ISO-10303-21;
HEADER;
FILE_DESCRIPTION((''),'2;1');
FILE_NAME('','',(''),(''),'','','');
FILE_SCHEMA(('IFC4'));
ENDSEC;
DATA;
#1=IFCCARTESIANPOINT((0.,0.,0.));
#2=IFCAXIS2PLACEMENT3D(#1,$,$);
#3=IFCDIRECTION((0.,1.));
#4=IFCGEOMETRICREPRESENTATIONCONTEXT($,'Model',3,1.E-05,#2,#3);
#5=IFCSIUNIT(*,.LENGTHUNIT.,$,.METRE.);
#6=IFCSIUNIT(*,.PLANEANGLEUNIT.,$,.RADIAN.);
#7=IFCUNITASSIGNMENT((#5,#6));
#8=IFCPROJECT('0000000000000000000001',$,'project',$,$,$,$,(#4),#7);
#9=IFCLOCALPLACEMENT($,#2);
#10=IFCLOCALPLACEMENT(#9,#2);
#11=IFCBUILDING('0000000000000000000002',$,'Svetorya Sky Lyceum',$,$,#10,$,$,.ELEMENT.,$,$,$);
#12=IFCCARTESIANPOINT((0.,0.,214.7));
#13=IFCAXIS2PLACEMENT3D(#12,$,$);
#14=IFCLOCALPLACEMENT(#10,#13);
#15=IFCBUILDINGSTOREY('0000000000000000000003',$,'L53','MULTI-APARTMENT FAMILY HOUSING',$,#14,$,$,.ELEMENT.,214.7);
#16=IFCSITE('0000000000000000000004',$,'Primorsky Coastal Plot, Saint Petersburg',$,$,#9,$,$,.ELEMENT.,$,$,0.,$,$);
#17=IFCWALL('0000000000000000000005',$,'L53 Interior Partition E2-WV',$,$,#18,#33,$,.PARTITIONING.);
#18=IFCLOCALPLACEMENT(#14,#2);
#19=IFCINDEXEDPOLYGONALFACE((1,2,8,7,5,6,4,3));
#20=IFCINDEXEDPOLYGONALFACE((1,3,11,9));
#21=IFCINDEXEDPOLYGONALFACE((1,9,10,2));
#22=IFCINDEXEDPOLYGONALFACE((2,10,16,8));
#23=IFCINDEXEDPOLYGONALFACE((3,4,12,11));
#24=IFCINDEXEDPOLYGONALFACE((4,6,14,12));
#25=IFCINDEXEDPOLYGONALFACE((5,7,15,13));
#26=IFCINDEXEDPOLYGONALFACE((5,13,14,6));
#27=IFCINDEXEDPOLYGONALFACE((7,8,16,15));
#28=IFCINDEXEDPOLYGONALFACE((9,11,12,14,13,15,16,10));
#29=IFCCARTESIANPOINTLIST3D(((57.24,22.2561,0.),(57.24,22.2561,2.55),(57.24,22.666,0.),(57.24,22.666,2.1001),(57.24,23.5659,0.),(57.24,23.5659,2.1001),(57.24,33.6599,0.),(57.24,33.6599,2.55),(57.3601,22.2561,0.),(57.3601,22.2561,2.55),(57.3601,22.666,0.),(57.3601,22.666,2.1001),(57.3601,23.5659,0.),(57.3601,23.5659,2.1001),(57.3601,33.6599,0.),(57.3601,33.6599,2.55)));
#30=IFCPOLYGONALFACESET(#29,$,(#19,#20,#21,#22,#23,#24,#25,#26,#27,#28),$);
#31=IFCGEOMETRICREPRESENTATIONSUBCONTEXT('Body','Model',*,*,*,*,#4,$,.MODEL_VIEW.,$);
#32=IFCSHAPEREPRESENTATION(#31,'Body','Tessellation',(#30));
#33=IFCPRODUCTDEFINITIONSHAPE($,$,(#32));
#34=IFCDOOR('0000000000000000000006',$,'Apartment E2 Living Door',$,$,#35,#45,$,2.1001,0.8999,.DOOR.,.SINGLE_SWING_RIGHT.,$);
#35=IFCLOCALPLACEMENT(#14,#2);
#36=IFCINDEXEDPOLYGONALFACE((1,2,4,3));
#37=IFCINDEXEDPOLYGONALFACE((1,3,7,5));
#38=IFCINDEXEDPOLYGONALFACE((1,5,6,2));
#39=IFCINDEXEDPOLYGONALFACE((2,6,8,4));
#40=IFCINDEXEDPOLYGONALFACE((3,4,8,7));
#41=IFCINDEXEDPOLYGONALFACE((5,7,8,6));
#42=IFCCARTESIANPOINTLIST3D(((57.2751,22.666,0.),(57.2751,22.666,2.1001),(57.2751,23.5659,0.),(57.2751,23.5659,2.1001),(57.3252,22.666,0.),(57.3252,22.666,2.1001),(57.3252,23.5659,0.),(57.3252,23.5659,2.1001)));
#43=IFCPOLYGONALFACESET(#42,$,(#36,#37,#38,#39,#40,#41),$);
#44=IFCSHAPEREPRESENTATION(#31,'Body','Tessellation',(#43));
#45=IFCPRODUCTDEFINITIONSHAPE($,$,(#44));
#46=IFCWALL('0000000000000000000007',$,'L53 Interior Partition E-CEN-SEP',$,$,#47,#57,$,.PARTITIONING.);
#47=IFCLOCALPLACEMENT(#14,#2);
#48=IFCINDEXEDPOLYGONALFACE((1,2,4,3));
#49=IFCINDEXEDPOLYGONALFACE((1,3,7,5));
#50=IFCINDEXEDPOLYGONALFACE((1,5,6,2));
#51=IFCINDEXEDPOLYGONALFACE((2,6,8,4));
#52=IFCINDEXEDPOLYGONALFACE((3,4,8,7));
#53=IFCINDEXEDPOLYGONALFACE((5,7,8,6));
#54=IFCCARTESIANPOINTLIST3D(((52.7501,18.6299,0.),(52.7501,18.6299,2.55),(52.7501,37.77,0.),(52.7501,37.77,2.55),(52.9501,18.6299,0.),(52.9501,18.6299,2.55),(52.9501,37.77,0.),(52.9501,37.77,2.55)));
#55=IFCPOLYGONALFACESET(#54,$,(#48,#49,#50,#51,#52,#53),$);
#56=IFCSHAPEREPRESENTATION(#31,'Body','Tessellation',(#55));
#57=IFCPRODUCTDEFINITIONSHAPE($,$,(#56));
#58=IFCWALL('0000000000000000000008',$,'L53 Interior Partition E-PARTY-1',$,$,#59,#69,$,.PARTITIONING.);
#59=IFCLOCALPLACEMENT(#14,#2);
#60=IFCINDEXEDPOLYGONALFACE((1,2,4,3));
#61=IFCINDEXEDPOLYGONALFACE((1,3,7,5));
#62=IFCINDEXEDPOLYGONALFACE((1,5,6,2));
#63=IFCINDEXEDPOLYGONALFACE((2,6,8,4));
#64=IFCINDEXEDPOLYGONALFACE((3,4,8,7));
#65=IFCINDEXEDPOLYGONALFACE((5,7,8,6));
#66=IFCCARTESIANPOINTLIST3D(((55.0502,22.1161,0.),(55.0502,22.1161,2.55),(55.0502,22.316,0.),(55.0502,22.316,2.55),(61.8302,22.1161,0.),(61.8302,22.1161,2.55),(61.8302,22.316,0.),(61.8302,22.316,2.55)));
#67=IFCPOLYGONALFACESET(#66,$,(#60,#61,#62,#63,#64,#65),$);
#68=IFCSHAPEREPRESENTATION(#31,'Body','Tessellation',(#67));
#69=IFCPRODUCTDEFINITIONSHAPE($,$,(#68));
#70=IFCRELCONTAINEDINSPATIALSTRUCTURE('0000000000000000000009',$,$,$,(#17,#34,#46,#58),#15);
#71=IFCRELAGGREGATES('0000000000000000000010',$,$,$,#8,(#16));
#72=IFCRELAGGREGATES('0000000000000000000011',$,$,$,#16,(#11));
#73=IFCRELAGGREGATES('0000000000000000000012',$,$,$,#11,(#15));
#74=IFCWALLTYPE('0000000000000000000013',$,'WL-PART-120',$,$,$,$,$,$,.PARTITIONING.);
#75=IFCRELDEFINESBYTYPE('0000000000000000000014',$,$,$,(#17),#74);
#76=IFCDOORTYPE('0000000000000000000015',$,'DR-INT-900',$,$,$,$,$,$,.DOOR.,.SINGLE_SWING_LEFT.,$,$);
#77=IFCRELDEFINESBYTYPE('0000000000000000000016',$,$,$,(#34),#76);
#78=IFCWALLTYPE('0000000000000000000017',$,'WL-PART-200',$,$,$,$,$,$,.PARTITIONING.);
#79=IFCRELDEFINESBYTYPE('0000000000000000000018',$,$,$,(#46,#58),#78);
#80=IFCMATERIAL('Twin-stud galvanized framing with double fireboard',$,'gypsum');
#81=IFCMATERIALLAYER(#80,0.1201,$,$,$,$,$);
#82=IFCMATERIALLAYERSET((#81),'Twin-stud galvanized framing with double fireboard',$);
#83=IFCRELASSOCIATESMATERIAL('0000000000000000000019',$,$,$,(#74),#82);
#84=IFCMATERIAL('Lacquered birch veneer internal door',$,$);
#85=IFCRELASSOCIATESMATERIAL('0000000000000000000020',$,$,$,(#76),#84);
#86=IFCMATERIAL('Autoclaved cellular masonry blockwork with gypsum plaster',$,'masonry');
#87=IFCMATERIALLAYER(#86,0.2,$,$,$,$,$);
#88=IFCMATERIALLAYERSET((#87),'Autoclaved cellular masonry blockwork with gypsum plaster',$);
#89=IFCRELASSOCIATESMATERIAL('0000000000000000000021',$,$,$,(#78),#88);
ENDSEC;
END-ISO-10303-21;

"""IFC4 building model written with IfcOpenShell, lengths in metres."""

from ifc_helpers import new_model, si_unit, direction, frame, frame_2d, origin, place, context, subcontext, project, spatial, rectangle, extrude, material, layer, layer_set, type_object, element, fill, save


model = new_model("IFC4")

# Units and contexts
model_context = context("Model", 3, precision=1e-05, world=origin(), true_north=direction((0.0, 1.0)))
body_context = subcontext(model_context, "Body", "Model", "MODEL_VIEW")
ifc_project = project(units=[si_unit("LENGTHUNIT", "METRE"), si_unit("PLANEANGLEUNIT", "RADIAN")], contexts=[model_context])

# Site, building, storey
site_placement = place(None, origin())
site = spatial("IfcSite", under=ifc_project, at=site_placement, Name="Primorsky Coastal Plot, Saint Petersburg", CompositionType="ELEMENT", RefElevation=0.0)
building_placement = place(site_placement, origin())
building = spatial("IfcBuilding", under=site, at=building_placement, Name="Svetorya Sky Lyceum", CompositionType="ELEMENT")
storey_placement = place(building_placement, frame((0.0, 0.0, 214.7)))
storey = spatial("IfcBuildingStorey", under=building, at=storey_placement, Name="L53", Description="MULTI-APARTMENT FAMILY HOUSING", CompositionType="ELEMENT", Elevation=214.7)

# Wall, opening, door
ifc_material_1 = material(Name="Twin-stud galvanized framing with double fireboard", Category="gypsum")
ifc_layer_1 = layer(ifc_material_1, 0.1201)
ifc_layer_set_1 = layer_set([ifc_layer_1], Name="Twin-stud galvanized framing with double fireboard")
wall_type_1 = type_object("IfcWallType", Name="WL-PART-120", PredefinedType="PARTITIONING", material=ifc_layer_set_1)
ifc_material_2 = material(Name="Lacquered birch veneer internal door")
door_type_1 = type_object("IfcDoorType", Name="DR-INT-900", OperationType="SINGLE_SWING_LEFT", PredefinedType="DOOR", material=ifc_material_2)
wall_1_placement = place(storey_placement, frame((57.3, 22.2561, 0.0), z_axis=(0.0, 0.0, 1.0), x_axis=(0.0, 1.0, 0.0)))
wall_1 = element("IfcWall", 1, at=wall_1_placement, inside=storey, type_object=wall_type_1, Name="L53 Interior Partition E2-WV", PredefinedType="PARTITIONING", context=body_context, shape_type="SweptSolid", body=[
    extrude(rectangle(XDim=11.4038, YDim=0.1201, at=frame_2d((5.7019, 0.0))), origin(), (0.0, 0.0, 1.0), 2.55),
])
opening_1_placement = place(wall_1_placement, frame((0.4099, 0.0, 0.0)))
opening_1 = element("IfcOpeningElement", 2, at=opening_1_placement, cuts=wall_1, PredefinedType="OPENING", context=body_context, shape_type="SweptSolid", body=[
    extrude(rectangle(XDim=0.8999, YDim=2.1001, at=frame_2d((0.45, 1.05))), frame((0.0, 0.0701, 0.0), z_axis=(0.0, -1.0, 0.0), x_axis=(1.0, 0.0, 0.0)), (0.0, 0.0, 1.0), 0.1401),
])
door_1_placement = place(opening_1_placement, origin())
door_1 = element("IfcDoor", 3, at=door_1_placement, inside=storey, type_object=door_type_1, Name="Apartment E2 Living Door", OperationType="SINGLE_SWING_RIGHT", OverallHeight=2.1001, OverallWidth=0.8999, PredefinedType="DOOR", context=body_context, shape_type="SweptSolid", body=[
    extrude(rectangle(XDim=0.8999, YDim=2.1001, at=frame_2d((0.45, 1.05))), frame((0.0, 0.0249, 0.0), z_axis=(0.0, -1.0, 0.0), x_axis=(1.0, 0.0, 0.0)), (0.0, 0.0, 1.0), 0.05),
])
fill(opening_1, door_1)

# Walls
ifc_material_3 = material(Name="Autoclaved cellular masonry blockwork with gypsum plaster", Category="masonry")
ifc_layer_2 = layer(ifc_material_3, 0.2)
ifc_layer_set_2 = layer_set([ifc_layer_2], Name="Autoclaved cellular masonry blockwork with gypsum plaster")
wall_type_2 = type_object("IfcWallType", Name="WL-PART-200", PredefinedType="PARTITIONING", material=ifc_layer_set_2)
wall_2_placement = place(storey_placement, frame((52.8501, 18.6299, 0.0), z_axis=(0.0, 0.0, 1.0), x_axis=(0.0, 1.0, 0.0)))
element("IfcWall", 4, at=wall_2_placement, inside=storey, type_object=wall_type_2, Name="L53 Interior Partition E-CEN-SEP", PredefinedType="PARTITIONING", context=body_context, shape_type="SweptSolid", body=[
    extrude(rectangle(XDim=19.1401, YDim=0.2, at=frame_2d((9.5701, 0.0))), origin(), (0.0, 0.0, 1.0), 2.55),
])
wall_3_placement = place(storey_placement, frame((55.05, 22.2161, 0.0), z_axis=(0.0, 0.0, 1.0), x_axis=(1.0, 0.0, 0.0)))
element("IfcWall", 5, at=wall_3_placement, inside=storey, type_object=wall_type_2, Name="L53 Interior Partition E-PARTY-1", PredefinedType="PARTITIONING", context=body_context, shape_type="SweptSolid", body=[
    extrude(rectangle(XDim=6.78, YDim=0.2, at=frame_2d((3.3901, 0.0))), origin(), (0.0, 0.0, 1.0), 2.55),
])

save(model, "model.ifc")
